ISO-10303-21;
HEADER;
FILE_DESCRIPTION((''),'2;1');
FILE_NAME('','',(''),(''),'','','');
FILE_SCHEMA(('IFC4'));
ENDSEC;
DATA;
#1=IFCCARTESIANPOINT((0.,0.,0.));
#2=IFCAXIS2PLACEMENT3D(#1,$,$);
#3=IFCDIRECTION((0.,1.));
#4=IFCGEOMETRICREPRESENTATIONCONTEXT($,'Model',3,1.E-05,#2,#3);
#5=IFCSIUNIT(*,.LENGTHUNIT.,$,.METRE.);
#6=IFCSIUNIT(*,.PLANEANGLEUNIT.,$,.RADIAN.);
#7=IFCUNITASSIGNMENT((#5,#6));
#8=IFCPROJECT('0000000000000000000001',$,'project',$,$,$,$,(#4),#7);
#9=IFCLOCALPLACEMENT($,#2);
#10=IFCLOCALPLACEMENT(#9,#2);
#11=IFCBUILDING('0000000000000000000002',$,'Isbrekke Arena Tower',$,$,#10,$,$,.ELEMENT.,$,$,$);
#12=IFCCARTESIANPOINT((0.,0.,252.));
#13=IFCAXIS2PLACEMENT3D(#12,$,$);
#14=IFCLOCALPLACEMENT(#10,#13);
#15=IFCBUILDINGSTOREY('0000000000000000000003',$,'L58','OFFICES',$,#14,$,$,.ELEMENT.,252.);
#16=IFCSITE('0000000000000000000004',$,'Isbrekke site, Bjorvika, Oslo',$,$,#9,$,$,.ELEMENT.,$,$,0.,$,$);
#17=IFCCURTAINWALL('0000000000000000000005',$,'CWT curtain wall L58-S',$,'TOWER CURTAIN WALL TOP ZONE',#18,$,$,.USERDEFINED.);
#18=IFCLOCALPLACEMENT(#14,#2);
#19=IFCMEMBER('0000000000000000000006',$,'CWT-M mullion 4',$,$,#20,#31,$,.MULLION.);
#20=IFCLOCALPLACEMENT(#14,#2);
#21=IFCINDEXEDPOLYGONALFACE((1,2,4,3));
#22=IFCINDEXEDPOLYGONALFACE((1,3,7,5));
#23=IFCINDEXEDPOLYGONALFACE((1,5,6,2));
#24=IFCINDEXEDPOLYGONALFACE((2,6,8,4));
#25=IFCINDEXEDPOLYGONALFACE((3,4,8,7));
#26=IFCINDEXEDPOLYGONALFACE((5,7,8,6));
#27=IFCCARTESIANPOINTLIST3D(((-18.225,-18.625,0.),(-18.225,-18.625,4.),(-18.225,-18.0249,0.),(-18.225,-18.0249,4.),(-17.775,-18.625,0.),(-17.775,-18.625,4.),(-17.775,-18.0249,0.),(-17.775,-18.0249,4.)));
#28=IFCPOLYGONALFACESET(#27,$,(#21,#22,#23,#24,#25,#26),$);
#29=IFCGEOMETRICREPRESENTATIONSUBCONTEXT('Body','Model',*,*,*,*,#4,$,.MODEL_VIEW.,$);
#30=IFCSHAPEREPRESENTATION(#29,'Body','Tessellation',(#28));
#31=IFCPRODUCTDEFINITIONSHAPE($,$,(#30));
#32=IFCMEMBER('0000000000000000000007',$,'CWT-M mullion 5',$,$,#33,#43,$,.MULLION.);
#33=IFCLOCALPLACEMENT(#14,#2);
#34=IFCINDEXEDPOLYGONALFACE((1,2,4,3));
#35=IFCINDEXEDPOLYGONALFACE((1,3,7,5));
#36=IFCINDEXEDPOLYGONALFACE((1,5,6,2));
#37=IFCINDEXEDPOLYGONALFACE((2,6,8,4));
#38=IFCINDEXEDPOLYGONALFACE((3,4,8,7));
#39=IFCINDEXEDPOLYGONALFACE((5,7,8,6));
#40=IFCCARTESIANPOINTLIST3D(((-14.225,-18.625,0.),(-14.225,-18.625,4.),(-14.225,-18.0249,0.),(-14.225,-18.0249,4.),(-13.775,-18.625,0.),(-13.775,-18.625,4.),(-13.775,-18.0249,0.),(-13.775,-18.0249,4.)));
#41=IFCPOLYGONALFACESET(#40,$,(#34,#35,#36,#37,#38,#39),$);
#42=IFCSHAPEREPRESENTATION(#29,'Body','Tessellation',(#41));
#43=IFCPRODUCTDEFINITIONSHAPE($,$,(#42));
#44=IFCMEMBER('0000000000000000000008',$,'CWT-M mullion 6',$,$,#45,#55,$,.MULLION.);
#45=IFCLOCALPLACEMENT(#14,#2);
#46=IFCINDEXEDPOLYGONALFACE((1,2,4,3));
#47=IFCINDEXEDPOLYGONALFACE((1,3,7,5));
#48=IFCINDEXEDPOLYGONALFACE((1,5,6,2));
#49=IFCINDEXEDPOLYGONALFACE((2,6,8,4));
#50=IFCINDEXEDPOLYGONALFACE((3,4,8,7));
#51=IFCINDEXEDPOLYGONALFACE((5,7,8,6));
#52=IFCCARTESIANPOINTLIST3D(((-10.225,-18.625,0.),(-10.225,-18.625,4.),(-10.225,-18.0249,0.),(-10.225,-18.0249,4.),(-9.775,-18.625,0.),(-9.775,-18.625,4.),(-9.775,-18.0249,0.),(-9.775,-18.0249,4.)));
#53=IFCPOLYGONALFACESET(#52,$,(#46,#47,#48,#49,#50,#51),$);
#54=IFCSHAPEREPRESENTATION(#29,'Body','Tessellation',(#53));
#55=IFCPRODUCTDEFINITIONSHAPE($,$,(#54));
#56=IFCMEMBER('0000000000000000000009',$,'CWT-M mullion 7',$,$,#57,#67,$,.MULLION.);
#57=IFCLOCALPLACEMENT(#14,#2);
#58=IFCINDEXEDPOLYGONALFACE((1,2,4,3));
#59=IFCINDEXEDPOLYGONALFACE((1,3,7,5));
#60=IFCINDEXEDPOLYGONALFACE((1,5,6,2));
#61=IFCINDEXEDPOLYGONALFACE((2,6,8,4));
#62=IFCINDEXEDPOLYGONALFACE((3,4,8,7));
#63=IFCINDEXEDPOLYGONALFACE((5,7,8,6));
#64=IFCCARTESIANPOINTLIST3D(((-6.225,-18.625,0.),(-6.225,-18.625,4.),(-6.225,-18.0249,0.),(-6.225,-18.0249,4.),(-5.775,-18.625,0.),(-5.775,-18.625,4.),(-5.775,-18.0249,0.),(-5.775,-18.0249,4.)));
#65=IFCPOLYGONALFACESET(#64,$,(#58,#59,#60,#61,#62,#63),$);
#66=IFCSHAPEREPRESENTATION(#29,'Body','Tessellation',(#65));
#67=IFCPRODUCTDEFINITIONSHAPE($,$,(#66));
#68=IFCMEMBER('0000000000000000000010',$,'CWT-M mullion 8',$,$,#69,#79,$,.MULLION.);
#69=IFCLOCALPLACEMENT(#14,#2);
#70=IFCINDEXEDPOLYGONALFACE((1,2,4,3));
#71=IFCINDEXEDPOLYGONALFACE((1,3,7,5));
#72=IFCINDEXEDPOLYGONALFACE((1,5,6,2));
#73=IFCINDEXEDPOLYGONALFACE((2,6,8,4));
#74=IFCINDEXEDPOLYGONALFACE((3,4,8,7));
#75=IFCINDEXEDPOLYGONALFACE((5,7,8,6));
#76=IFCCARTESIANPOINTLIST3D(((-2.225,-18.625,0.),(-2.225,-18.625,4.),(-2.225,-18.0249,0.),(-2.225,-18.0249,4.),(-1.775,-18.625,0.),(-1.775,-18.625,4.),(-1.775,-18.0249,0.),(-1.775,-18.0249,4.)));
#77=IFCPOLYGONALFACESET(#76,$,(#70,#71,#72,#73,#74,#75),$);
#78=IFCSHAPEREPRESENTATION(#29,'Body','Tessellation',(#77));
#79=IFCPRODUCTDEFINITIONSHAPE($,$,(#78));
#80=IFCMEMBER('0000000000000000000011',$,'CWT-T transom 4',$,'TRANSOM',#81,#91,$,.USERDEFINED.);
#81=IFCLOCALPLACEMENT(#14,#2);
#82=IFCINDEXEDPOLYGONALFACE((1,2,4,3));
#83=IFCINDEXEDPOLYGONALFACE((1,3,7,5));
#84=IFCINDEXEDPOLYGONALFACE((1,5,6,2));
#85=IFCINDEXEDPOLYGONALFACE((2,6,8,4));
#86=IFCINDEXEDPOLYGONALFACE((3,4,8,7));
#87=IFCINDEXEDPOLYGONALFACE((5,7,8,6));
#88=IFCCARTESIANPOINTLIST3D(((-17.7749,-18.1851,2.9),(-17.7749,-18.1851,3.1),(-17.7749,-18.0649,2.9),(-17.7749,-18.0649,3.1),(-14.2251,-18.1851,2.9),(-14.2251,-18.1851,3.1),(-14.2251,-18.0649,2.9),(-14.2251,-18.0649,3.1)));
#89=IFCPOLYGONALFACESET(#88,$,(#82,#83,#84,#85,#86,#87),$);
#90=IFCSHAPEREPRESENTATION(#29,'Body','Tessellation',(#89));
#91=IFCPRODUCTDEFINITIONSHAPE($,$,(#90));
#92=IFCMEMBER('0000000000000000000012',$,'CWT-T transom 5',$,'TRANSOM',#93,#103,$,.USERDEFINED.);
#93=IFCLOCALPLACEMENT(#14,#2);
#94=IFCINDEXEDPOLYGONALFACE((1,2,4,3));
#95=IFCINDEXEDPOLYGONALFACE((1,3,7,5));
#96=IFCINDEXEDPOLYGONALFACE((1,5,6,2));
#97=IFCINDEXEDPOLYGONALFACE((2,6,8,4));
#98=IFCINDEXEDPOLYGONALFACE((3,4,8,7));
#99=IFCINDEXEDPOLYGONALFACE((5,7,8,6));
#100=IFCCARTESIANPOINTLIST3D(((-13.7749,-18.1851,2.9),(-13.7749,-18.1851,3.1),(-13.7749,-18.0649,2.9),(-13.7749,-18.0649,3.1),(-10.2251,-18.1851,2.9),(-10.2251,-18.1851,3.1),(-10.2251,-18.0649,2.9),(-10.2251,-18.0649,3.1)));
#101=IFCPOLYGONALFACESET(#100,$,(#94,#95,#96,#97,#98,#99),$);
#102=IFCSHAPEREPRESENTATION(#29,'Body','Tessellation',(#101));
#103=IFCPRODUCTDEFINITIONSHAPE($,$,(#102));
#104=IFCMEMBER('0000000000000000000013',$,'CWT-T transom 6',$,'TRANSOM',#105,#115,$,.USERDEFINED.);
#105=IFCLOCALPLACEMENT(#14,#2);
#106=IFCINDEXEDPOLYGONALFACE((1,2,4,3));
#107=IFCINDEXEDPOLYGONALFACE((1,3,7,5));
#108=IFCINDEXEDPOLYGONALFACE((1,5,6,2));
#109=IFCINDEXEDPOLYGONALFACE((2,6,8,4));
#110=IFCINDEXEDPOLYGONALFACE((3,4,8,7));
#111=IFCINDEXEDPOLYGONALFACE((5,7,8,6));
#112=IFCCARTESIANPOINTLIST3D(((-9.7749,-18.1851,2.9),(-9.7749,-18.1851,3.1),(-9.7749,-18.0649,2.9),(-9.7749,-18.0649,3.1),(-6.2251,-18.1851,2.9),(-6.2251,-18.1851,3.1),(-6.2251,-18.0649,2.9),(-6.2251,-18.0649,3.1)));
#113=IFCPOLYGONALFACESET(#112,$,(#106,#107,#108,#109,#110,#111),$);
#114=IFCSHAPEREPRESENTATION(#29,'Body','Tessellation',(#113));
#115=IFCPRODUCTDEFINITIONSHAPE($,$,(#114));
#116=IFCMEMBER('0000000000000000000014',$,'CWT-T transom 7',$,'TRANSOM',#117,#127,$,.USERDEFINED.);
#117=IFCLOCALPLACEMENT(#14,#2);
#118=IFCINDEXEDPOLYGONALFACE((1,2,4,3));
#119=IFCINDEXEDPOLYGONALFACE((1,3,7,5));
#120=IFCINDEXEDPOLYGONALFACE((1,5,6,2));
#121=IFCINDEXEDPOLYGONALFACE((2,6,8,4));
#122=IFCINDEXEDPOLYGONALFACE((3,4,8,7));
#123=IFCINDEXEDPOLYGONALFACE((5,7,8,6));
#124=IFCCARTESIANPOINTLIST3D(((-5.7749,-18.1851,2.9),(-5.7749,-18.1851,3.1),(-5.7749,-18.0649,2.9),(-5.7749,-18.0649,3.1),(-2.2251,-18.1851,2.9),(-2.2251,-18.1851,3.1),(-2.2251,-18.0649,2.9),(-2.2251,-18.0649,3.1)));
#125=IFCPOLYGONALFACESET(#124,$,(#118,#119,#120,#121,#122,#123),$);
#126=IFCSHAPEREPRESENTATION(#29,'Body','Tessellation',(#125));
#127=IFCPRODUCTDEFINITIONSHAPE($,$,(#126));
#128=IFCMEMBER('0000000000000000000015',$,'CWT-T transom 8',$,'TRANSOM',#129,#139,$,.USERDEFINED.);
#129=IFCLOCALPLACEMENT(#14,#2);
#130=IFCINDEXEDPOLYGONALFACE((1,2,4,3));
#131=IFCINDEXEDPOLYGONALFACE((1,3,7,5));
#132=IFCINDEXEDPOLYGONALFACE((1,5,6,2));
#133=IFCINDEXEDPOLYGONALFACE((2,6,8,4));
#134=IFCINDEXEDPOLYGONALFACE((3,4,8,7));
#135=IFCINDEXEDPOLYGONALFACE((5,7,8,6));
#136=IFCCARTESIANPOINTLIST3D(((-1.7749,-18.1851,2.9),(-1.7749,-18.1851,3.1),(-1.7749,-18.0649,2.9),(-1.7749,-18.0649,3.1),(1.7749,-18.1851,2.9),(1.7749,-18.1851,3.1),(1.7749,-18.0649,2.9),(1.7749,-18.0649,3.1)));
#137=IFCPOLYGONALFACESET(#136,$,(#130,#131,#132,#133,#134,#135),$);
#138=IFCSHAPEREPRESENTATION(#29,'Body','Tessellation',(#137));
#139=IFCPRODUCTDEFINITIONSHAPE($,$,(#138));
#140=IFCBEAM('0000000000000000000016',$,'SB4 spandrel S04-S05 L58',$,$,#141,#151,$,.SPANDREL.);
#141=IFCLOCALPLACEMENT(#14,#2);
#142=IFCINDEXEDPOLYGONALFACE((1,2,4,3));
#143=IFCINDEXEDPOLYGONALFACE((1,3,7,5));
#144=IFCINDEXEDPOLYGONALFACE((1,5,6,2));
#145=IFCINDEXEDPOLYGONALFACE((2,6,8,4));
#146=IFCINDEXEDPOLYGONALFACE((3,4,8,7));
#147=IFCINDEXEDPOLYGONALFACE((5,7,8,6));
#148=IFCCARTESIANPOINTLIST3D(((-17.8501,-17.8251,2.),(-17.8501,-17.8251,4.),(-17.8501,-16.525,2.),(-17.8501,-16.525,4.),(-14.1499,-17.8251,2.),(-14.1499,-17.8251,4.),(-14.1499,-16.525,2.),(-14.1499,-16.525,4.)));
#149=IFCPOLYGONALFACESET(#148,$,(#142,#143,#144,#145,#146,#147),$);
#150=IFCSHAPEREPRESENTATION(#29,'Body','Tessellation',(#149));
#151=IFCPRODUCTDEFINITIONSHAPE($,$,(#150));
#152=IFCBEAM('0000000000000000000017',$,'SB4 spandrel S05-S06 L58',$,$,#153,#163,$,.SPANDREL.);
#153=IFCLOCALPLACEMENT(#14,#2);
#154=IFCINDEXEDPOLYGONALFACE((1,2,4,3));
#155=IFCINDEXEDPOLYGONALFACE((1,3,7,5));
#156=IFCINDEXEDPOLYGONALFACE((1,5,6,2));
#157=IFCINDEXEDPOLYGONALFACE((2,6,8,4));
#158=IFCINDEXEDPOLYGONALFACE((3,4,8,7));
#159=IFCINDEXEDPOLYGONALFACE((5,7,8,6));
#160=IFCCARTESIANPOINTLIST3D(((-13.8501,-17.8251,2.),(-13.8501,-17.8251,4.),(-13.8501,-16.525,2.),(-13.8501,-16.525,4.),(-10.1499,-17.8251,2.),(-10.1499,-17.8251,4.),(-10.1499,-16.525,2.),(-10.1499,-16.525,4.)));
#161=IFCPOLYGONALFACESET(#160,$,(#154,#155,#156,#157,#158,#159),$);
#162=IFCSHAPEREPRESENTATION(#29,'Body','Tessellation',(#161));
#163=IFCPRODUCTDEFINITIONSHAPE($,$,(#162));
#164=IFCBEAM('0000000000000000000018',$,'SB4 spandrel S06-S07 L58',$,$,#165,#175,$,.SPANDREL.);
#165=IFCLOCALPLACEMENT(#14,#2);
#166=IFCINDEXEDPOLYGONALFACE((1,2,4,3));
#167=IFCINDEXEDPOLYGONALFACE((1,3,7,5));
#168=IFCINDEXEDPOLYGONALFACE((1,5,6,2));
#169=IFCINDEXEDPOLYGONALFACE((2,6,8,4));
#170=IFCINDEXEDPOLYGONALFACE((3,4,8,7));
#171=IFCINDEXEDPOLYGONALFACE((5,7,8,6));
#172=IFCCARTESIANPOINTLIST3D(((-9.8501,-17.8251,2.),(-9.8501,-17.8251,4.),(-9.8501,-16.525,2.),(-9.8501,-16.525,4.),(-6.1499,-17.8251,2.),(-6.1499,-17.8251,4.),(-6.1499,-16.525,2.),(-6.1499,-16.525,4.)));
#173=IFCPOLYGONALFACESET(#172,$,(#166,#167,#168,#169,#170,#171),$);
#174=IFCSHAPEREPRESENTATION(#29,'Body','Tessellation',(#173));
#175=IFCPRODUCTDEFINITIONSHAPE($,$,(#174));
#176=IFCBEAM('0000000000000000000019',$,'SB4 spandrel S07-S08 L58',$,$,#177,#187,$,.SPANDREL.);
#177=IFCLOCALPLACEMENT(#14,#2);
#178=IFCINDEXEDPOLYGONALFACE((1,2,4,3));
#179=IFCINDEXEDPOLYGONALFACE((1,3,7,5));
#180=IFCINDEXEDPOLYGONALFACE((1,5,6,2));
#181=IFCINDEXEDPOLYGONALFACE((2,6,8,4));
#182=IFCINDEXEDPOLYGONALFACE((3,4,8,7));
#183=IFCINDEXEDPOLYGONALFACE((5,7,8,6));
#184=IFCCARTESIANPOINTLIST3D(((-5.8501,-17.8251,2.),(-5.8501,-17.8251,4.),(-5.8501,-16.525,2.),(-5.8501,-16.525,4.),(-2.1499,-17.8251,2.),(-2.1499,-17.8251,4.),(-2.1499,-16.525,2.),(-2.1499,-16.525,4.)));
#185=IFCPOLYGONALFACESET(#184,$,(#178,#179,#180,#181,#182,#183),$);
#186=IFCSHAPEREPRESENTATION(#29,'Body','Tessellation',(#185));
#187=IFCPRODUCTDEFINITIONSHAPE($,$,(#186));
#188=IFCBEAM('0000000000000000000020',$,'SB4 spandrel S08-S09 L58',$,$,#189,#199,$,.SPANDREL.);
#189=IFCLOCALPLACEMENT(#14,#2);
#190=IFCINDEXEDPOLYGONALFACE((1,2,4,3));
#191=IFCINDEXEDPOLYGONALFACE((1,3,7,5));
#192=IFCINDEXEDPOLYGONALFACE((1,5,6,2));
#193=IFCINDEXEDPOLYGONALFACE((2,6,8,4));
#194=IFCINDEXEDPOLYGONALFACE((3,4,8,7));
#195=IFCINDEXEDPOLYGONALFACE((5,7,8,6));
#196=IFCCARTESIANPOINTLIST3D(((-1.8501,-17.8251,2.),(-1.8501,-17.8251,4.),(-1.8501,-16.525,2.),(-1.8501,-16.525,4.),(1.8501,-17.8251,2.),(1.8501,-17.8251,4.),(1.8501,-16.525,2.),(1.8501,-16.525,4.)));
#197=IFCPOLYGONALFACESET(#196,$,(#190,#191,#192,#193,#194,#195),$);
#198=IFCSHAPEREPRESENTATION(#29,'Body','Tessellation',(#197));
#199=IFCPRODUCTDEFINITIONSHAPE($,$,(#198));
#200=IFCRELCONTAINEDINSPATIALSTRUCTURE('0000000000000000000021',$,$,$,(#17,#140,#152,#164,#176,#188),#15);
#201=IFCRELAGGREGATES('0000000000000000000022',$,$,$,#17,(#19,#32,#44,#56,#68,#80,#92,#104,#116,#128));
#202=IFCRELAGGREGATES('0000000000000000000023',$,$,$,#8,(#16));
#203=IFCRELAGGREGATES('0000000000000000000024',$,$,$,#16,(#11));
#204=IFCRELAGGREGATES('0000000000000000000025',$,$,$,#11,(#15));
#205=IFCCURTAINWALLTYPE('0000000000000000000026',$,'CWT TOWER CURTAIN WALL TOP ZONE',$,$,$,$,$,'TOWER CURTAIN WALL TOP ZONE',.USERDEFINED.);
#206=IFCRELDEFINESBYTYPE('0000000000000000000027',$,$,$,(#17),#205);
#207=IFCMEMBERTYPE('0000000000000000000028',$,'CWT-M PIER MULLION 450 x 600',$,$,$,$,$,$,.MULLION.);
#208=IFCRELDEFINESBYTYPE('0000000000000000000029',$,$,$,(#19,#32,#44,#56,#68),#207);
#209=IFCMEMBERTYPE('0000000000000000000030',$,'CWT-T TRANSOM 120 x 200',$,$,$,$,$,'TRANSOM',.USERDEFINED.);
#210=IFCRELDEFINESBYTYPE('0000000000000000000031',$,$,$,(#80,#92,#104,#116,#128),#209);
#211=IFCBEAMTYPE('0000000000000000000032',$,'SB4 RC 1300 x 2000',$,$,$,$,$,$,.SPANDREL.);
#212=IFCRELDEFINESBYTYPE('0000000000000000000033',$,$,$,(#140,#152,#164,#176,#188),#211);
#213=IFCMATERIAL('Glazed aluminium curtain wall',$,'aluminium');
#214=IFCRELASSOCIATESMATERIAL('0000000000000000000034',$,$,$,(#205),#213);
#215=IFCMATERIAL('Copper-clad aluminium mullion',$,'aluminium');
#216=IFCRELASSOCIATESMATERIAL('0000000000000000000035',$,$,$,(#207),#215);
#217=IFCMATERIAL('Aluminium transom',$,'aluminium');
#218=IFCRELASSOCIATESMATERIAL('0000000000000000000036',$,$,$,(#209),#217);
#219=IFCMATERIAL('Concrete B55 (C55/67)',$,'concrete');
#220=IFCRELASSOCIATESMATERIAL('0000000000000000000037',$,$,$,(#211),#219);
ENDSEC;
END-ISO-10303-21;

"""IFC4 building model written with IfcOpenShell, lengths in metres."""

from ifc_helpers import new_model, si_unit, direction, frame, origin, origin_2d, place, context, subcontext, project, spatial, rectangle, extrude, material, material_profile, profile_set, type_object, element, aggregate, save


model = new_model("IFC4")

# Units and contexts
model_context = context("Model", 3, precision=1e-05, world=origin(), true_north=direction((0.0, 1.0)))
body_context = subcontext(model_context, "Body", "Model", "MODEL_VIEW")
ifc_project = project(units=[si_unit("LENGTHUNIT", "METRE"), si_unit("PLANEANGLEUNIT", "RADIAN")], contexts=[model_context])

# Site, building, storey
site_placement = place(None, origin())
site = spatial("IfcSite", under=ifc_project, at=site_placement, Name="Isbrekke site, Bjorvika, Oslo", CompositionType="ELEMENT", RefElevation=0.0)
building_placement = place(site_placement, origin())
building = spatial("IfcBuilding", under=site, at=building_placement, Name="Isbrekke Arena Tower", CompositionType="ELEMENT")
storey_placement = place(building_placement, frame((0.0, 0.0, 252.0)))
storey = spatial("IfcBuildingStorey", under=building, at=storey_placement, Name="L58", Description="OFFICES", CompositionType="ELEMENT", Elevation=252.0)

# Curtain wall, members
ifc_material_1 = material(Name="Glazed aluminium curtain wall", Category="aluminium")
curtain_wall_type = type_object("IfcCurtainWallType", Name="CWT TOWER CURTAIN WALL TOP ZONE", ElementType="TOWER CURTAIN WALL TOP ZONE", PredefinedType="USERDEFINED", material=ifc_material_1)
curtain_wall_placement = place(storey_placement, origin())
curtain_wall = element("IfcCurtainWall", 1, at=curtain_wall_placement, inside=storey, type_object=curtain_wall_type, Name="CWT curtain wall L58-S", ObjectType="TOWER CURTAIN WALL TOP ZONE", PredefinedType="USERDEFINED")
ifc_material_2 = material(Name="Copper-clad aluminium mullion", Category="aluminium")
ifc_material_profile_1 = material_profile(ifc_material_2, rectangle(XDim=0.45, YDim=0.6001, at=origin_2d()), Name="PIER 450X600")
ifc_profile_set_1 = profile_set([ifc_material_profile_1], Name="Copper-clad aluminium mullion")
member_type_1 = type_object("IfcMemberType", Name="CWT-M PIER MULLION 450 x 600", PredefinedType="MULLION", material=ifc_profile_set_1)
member_1_placement = place(storey_placement, frame((-18.0, -18.325, 0.0), z_axis=(0.0, 0.0, 1.0), x_axis=(1.0, 0.0, 0.0)))
member_1 = element("IfcMember", 2, at=member_1_placement, type_object=member_type_1, Name="CWT-M mullion 4", PredefinedType="MULLION", context=body_context, shape_type="SweptSolid", body=[
    extrude(rectangle(XDim=0.45, YDim=0.6001, at=origin_2d()), origin(), (0.0, 0.0, 1.0), 4.0),
])
member_2_placement = place(storey_placement, frame((-14.0, -18.325, 0.0), z_axis=(0.0, 0.0, 1.0), x_axis=(1.0, 0.0, 0.0)))
member_2 = element("IfcMember", 3, at=member_2_placement, type_object=member_type_1, Name="CWT-M mullion 5", PredefinedType="MULLION", context=body_context, shape_type="SweptSolid", body=[
    extrude(rectangle(XDim=0.45, YDim=0.6001, at=origin_2d()), origin(), (0.0, 0.0, 1.0), 4.0),
])
member_3_placement = place(storey_placement, frame((-10.0, -18.325, 0.0), z_axis=(0.0, 0.0, 1.0), x_axis=(1.0, 0.0, 0.0)))
member_3 = element("IfcMember", 4, at=member_3_placement, type_object=member_type_1, Name="CWT-M mullion 6", PredefinedType="MULLION", context=body_context, shape_type="SweptSolid", body=[
    extrude(rectangle(XDim=0.45, YDim=0.6001, at=origin_2d()), origin(), (0.0, 0.0, 1.0), 4.0),
])
member_4_placement = place(storey_placement, frame((-6.0, -18.325, 0.0), z_axis=(0.0, 0.0, 1.0), x_axis=(1.0, 0.0, 0.0)))
member_4 = element("IfcMember", 5, at=member_4_placement, type_object=member_type_1, Name="CWT-M mullion 7", PredefinedType="MULLION", context=body_context, shape_type="SweptSolid", body=[
    extrude(rectangle(XDim=0.45, YDim=0.6001, at=origin_2d()), origin(), (0.0, 0.0, 1.0), 4.0),
])
member_5_placement = place(storey_placement, frame((-2.0, -18.325, 0.0), z_axis=(0.0, 0.0, 1.0), x_axis=(1.0, 0.0, 0.0)))
member_5 = element("IfcMember", 6, at=member_5_placement, type_object=member_type_1, Name="CWT-M mullion 8", PredefinedType="MULLION", context=body_context, shape_type="SweptSolid", body=[
    extrude(rectangle(XDim=0.45, YDim=0.6001, at=origin_2d()), origin(), (0.0, 0.0, 1.0), 4.0),
])
ifc_material_3 = material(Name="Aluminium transom", Category="aluminium")
ifc_material_profile_2 = material_profile(ifc_material_3, rectangle(XDim=0.1201, YDim=0.2, at=origin_2d()), Name="TRANSOM 120X200")
ifc_profile_set_2 = profile_set([ifc_material_profile_2], Name="Aluminium transom")
member_type_2 = type_object("IfcMemberType", Name="CWT-T TRANSOM 120 x 200", ElementType="TRANSOM", PredefinedType="USERDEFINED", material=ifc_profile_set_2)
member_6_placement = place(storey_placement, frame((-17.7749, -18.125, 3.0), z_axis=(1.0, 0.0, 0.0), x_axis=(0.0, 1.0, 0.0)))
member_6 = element("IfcMember", 7, at=member_6_placement, type_object=member_type_2, Name="CWT-T transom 4", ObjectType="TRANSOM", PredefinedType="USERDEFINED", context=body_context, shape_type="SweptSolid", body=[
    extrude(rectangle(XDim=0.1201, YDim=0.2, at=origin_2d()), origin(), (0.0, 0.0, 1.0), 3.5498),
])
member_7_placement = place(storey_placement, frame((-13.7749, -18.125, 3.0), z_axis=(1.0, 0.0, 0.0), x_axis=(0.0, 1.0, 0.0)))
member_7 = element("IfcMember", 8, at=member_7_placement, type_object=member_type_2, Name="CWT-T transom 5", ObjectType="TRANSOM", PredefinedType="USERDEFINED", context=body_context, shape_type="SweptSolid", body=[
    extrude(rectangle(XDim=0.1201, YDim=0.2, at=origin_2d()), origin(), (0.0, 0.0, 1.0), 3.5498),
])
member_8_placement = place(storey_placement, frame((-9.7749, -18.125, 3.0), z_axis=(1.0, 0.0, 0.0), x_axis=(0.0, 1.0, 0.0)))
member_8 = element("IfcMember", 9, at=member_8_placement, type_object=member_type_2, Name="CWT-T transom 6", ObjectType="TRANSOM", PredefinedType="USERDEFINED", context=body_context, shape_type="SweptSolid", body=[
    extrude(rectangle(XDim=0.1201, YDim=0.2, at=origin_2d()), origin(), (0.0, 0.0, 1.0), 3.5498),
])
member_9_placement = place(storey_placement, frame((-5.7749, -18.125, 3.0), z_axis=(1.0, 0.0, 0.0), x_axis=(0.0, 1.0, 0.0)))
member_9 = element("IfcMember", 10, at=member_9_placement, type_object=member_type_2, Name="CWT-T transom 7", ObjectType="TRANSOM", PredefinedType="USERDEFINED", context=body_context, shape_type="SweptSolid", body=[
    extrude(rectangle(XDim=0.1201, YDim=0.2, at=origin_2d()), origin(), (0.0, 0.0, 1.0), 3.5498),
])
member_10_placement = place(storey_placement, frame((-1.7749, -18.125, 3.0), z_axis=(1.0, 0.0, 0.0), x_axis=(0.0, 1.0, 0.0)))
member_10 = element("IfcMember", 11, at=member_10_placement, type_object=member_type_2, Name="CWT-T transom 8", ObjectType="TRANSOM", PredefinedType="USERDEFINED", context=body_context, shape_type="SweptSolid", body=[
    extrude(rectangle(XDim=0.1201, YDim=0.2, at=origin_2d()), origin(), (0.0, 0.0, 1.0), 3.5498),
])

# Beams
ifc_material_4 = material(Name="Concrete B55 (C55/67)", Category="concrete")
ifc_material_profile_3 = material_profile(ifc_material_4, rectangle(XDim=1.3, YDim=2.0, at=origin_2d()), Name="RC 1300x2000")
ifc_profile_set_3 = profile_set([ifc_material_profile_3], Name="Concrete B55 (C55/67)")
beam_type_1 = type_object("IfcBeamType", Name="SB4 RC 1300 x 2000", PredefinedType="SPANDREL", material=ifc_profile_set_3)
for number, where, z_axis, x_axis, name in (
    (12, (-17.8501, -17.175, 3.0), (1.0, 0.0, 0.0), (0.0, 1.0, 0.0), "SB4 spandrel S04-S05 L58"),
    (13, (-13.8501, -17.175, 3.0), (1.0, 0.0, 0.0), (0.0, 1.0, 0.0), "SB4 spandrel S05-S06 L58"),
    (14, (-9.8501, -17.175, 3.0), (1.0, 0.0, 0.0), (0.0, 1.0, 0.0), "SB4 spandrel S06-S07 L58"),
    (15, (-5.8501, -17.175, 3.0), (1.0, 0.0, 0.0), (0.0, 1.0, 0.0), "SB4 spandrel S07-S08 L58"),
    (16, (-1.8501, -17.175, 3.0), (1.0, 0.0, 0.0), (0.0, 1.0, 0.0), "SB4 spandrel S08-S09 L58"),
):
    element("IfcBeam", number, at=place(storey_placement, frame(where, z_axis=z_axis, x_axis=x_axis)), inside=storey, type_object=beam_type_1, Name=name, PredefinedType="SPANDREL", context=body_context, shape_type="SweptSolid", body=[
        extrude(rectangle(XDim=1.3, YDim=2.0, at=origin_2d()), origin(), (0.0, 0.0, 1.0), 3.7002),
    ])

aggregate(curtain_wall, [member_1, member_2, member_3, member_4, member_5, member_6, member_7, member_8, member_9, member_10])

save(model, "model.ifc")
